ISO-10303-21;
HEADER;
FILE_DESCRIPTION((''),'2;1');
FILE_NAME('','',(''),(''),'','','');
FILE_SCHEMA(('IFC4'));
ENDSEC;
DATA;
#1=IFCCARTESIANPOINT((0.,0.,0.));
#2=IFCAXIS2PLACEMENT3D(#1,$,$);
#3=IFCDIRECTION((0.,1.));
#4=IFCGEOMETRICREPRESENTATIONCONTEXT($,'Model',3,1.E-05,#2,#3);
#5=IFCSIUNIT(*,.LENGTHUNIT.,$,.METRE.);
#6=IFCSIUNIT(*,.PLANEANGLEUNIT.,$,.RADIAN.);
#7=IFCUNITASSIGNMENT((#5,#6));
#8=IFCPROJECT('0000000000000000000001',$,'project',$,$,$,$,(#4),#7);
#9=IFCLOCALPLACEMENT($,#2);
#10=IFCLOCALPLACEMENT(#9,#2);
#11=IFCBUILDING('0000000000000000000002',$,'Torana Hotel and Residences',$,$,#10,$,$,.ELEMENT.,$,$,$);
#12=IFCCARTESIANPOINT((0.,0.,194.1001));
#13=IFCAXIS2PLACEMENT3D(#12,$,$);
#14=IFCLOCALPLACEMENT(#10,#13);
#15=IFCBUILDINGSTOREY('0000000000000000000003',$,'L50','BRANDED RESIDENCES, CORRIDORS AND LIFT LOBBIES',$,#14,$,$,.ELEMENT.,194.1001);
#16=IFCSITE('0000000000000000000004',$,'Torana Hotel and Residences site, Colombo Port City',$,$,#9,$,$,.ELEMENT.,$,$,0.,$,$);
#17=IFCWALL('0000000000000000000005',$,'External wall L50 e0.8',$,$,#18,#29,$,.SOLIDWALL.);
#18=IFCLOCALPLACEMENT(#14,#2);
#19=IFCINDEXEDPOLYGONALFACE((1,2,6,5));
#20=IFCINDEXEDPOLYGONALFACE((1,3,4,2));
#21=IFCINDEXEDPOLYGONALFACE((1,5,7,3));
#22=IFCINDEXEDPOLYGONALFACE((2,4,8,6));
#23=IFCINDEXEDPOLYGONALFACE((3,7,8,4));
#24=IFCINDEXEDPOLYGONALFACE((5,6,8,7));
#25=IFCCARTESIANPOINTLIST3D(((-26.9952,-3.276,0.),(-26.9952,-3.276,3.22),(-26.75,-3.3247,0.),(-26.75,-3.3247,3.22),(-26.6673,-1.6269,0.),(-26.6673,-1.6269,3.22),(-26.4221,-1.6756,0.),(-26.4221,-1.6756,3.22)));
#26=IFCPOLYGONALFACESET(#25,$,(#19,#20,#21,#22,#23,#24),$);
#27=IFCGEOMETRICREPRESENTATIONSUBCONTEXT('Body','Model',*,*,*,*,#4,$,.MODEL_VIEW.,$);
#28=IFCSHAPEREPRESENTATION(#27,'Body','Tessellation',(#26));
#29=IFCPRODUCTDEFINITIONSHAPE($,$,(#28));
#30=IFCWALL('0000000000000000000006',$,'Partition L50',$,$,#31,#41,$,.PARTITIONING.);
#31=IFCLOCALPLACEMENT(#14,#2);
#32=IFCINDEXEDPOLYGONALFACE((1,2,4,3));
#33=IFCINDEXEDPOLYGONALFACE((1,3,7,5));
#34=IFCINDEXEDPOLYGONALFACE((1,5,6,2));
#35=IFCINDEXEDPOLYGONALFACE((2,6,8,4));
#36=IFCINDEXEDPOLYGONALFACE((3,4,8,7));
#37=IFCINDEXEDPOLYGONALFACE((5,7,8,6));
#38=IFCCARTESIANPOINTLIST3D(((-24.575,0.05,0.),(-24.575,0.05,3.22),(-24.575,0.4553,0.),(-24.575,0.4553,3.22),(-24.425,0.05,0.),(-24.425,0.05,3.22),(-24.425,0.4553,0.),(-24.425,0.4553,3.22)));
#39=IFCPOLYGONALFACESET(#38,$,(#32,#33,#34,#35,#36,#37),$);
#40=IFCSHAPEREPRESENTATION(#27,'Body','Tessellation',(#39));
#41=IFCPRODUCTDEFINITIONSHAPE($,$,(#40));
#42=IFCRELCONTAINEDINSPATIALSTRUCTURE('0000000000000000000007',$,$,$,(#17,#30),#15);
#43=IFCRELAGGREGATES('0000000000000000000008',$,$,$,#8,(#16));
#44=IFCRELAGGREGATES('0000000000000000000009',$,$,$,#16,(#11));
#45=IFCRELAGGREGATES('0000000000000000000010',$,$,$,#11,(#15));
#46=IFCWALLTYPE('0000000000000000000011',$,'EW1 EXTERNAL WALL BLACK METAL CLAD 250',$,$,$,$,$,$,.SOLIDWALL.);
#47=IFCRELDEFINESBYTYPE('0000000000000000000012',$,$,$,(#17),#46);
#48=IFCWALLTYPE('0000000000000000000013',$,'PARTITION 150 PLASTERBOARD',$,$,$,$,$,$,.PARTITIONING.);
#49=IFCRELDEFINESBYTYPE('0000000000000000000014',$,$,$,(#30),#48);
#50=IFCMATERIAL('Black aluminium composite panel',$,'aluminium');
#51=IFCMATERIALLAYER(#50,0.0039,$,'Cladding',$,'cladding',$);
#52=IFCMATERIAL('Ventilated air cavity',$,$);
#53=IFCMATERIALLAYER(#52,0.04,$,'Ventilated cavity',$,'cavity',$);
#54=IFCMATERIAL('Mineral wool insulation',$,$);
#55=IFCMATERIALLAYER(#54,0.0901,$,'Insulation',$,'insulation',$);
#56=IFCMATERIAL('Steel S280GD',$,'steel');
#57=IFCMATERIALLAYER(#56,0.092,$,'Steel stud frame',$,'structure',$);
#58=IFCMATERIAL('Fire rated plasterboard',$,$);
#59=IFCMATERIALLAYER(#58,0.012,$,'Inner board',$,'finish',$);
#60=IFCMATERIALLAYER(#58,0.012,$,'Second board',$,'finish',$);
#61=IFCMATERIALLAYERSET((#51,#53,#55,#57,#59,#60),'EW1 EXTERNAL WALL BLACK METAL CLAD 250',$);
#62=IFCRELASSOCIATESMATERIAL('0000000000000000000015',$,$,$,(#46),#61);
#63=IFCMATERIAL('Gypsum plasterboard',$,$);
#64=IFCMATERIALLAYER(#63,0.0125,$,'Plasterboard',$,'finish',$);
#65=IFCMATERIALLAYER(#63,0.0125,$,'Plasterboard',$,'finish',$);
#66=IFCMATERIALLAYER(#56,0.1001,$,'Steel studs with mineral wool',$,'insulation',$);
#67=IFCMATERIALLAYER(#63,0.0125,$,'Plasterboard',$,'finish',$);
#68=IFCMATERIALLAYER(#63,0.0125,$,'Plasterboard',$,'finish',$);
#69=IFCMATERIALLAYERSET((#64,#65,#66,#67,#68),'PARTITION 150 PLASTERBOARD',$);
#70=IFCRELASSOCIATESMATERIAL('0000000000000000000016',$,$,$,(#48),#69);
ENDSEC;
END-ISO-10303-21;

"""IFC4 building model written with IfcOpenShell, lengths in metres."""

from ifc_helpers import new_model, si_unit, direction, frame, frame_2d, origin, place, context, subcontext, project, spatial, rectangle, extrude, material, layer, layer_set, type_object, element, save


model = new_model("IFC4")

# Units and contexts
model_context = context("Model", 3, precision=1e-05, world=origin(), true_north=direction((0.0, 1.0)))
body_context = subcontext(model_context, "Body", "Model", "MODEL_VIEW")
ifc_project = project(units=[si_unit("LENGTHUNIT", "METRE"), si_unit("PLANEANGLEUNIT", "RADIAN")], contexts=[model_context])

# Site, building, storey
site_placement = place(None, origin())
site = spatial("IfcSite", under=ifc_project, at=site_placement, Name="Torana Hotel and Residences site, Colombo Port City", CompositionType="ELEMENT", RefElevation=0.0)
building_placement = place(site_placement, origin())
building = spatial("IfcBuilding", under=site, at=building_placement, Name="Torana Hotel and Residences", CompositionType="ELEMENT")
storey_placement = place(building_placement, frame((0.0, 0.0, 194.1001)))
storey = spatial("IfcBuildingStorey", under=building, at=storey_placement, Name="L50", Description="BRANDED RESIDENCES, CORRIDORS AND LIFT LOBBIES", CompositionType="ELEMENT", Elevation=194.1001)

# Wall
ifc_material_1 = material(Name="Black aluminium composite panel", Category="aluminium")
ifc_layer_1 = layer(ifc_material_1, 0.0039, Name="Cladding", Category="cladding")
ifc_material_2 = material(Name="Ventilated air cavity")
ifc_layer_2 = layer(ifc_material_2, 0.04, Name="Ventilated cavity", Category="cavity")
ifc_material_3 = material(Name="Mineral wool insulation")
ifc_layer_3 = layer(ifc_material_3, 0.0901, Name="Insulation", Category="insulation")
ifc_material_4 = material(Name="Steel S280GD", Category="steel")
ifc_layer_4 = layer(ifc_material_4, 0.092, Name="Steel stud frame", Category="structure")
ifc_material_5 = material(Name="Fire rated plasterboard")
ifc_layer_5 = layer(ifc_material_5, 0.012, Name="Inner board", Category="finish")
ifc_layer_6 = layer(ifc_material_5, 0.012, Name="Second board", Category="finish")
ifc_layer_set_1 = layer_set([ifc_layer_1, ifc_layer_2, ifc_layer_3, ifc_layer_4, ifc_layer_5, ifc_layer_6], Name="EW1 EXTERNAL WALL BLACK METAL CLAD 250")
wall_type_1 = type_object("IfcWallType", Name="EW1 EXTERNAL WALL BLACK METAL CLAD 250", PredefinedType="SOLIDWALL", material=ifc_layer_set_1)
wall_1_placement = place(storey_placement, frame((-26.5447, -1.6511, 0.0), z_axis=(0.0, 0.0, 1.0), x_axis=(-0.194999, -0.980803, 0.0)))
element("IfcWall", 1, at=wall_1_placement, inside=storey, type_object=wall_type_1, Name="External wall L50 e0.8", PredefinedType="SOLIDWALL", context=body_context, shape_type="SweptSolid", body=[
    extrude(rectangle(XDim=1.6814, YDim=0.25, at=frame_2d((0.8408, 0.0))), origin(), (0.0, 0.0, 1.0), 3.22),
])

# Wall
ifc_material_6 = material(Name="Gypsum plasterboard")
ifc_layer_7 = layer(ifc_material_6, 0.0125, Name="Plasterboard", Category="finish")
ifc_layer_8 = layer(ifc_material_6, 0.0125, Name="Plasterboard", Category="finish")
ifc_layer_9 = layer(ifc_material_4, 0.1001, Name="Steel studs with mineral wool", Category="insulation")
ifc_layer_10 = layer(ifc_material_6, 0.0125, Name="Plasterboard", Category="finish")
ifc_layer_11 = layer(ifc_material_6, 0.0125, Name="Plasterboard", Category="finish")
ifc_layer_set_2 = layer_set([ifc_layer_7, ifc_layer_8, ifc_layer_9, ifc_layer_10, ifc_layer_11], Name="PARTITION 150 PLASTERBOARD")
wall_type_2 = type_object("IfcWallType", Name="PARTITION 150 PLASTERBOARD", PredefinedType="PARTITIONING", material=ifc_layer_set_2)
wall_2_placement = place(storey_placement, frame((-24.5, 0.05, 0.0), z_axis=(0.0, 0.0, 1.0), x_axis=(0.0, 1.0, 0.0)))
element("IfcWall", 2, at=wall_2_placement, inside=storey, type_object=wall_type_2, Name="Partition L50", PredefinedType="PARTITIONING", context=body_context, shape_type="SweptSolid", body=[
    extrude(rectangle(XDim=0.4053, YDim=0.1499, at=frame_2d((0.2026, 0.0))), origin(), (0.0, 0.0, 1.0), 3.22),
])

save(model, "model.ifc")
